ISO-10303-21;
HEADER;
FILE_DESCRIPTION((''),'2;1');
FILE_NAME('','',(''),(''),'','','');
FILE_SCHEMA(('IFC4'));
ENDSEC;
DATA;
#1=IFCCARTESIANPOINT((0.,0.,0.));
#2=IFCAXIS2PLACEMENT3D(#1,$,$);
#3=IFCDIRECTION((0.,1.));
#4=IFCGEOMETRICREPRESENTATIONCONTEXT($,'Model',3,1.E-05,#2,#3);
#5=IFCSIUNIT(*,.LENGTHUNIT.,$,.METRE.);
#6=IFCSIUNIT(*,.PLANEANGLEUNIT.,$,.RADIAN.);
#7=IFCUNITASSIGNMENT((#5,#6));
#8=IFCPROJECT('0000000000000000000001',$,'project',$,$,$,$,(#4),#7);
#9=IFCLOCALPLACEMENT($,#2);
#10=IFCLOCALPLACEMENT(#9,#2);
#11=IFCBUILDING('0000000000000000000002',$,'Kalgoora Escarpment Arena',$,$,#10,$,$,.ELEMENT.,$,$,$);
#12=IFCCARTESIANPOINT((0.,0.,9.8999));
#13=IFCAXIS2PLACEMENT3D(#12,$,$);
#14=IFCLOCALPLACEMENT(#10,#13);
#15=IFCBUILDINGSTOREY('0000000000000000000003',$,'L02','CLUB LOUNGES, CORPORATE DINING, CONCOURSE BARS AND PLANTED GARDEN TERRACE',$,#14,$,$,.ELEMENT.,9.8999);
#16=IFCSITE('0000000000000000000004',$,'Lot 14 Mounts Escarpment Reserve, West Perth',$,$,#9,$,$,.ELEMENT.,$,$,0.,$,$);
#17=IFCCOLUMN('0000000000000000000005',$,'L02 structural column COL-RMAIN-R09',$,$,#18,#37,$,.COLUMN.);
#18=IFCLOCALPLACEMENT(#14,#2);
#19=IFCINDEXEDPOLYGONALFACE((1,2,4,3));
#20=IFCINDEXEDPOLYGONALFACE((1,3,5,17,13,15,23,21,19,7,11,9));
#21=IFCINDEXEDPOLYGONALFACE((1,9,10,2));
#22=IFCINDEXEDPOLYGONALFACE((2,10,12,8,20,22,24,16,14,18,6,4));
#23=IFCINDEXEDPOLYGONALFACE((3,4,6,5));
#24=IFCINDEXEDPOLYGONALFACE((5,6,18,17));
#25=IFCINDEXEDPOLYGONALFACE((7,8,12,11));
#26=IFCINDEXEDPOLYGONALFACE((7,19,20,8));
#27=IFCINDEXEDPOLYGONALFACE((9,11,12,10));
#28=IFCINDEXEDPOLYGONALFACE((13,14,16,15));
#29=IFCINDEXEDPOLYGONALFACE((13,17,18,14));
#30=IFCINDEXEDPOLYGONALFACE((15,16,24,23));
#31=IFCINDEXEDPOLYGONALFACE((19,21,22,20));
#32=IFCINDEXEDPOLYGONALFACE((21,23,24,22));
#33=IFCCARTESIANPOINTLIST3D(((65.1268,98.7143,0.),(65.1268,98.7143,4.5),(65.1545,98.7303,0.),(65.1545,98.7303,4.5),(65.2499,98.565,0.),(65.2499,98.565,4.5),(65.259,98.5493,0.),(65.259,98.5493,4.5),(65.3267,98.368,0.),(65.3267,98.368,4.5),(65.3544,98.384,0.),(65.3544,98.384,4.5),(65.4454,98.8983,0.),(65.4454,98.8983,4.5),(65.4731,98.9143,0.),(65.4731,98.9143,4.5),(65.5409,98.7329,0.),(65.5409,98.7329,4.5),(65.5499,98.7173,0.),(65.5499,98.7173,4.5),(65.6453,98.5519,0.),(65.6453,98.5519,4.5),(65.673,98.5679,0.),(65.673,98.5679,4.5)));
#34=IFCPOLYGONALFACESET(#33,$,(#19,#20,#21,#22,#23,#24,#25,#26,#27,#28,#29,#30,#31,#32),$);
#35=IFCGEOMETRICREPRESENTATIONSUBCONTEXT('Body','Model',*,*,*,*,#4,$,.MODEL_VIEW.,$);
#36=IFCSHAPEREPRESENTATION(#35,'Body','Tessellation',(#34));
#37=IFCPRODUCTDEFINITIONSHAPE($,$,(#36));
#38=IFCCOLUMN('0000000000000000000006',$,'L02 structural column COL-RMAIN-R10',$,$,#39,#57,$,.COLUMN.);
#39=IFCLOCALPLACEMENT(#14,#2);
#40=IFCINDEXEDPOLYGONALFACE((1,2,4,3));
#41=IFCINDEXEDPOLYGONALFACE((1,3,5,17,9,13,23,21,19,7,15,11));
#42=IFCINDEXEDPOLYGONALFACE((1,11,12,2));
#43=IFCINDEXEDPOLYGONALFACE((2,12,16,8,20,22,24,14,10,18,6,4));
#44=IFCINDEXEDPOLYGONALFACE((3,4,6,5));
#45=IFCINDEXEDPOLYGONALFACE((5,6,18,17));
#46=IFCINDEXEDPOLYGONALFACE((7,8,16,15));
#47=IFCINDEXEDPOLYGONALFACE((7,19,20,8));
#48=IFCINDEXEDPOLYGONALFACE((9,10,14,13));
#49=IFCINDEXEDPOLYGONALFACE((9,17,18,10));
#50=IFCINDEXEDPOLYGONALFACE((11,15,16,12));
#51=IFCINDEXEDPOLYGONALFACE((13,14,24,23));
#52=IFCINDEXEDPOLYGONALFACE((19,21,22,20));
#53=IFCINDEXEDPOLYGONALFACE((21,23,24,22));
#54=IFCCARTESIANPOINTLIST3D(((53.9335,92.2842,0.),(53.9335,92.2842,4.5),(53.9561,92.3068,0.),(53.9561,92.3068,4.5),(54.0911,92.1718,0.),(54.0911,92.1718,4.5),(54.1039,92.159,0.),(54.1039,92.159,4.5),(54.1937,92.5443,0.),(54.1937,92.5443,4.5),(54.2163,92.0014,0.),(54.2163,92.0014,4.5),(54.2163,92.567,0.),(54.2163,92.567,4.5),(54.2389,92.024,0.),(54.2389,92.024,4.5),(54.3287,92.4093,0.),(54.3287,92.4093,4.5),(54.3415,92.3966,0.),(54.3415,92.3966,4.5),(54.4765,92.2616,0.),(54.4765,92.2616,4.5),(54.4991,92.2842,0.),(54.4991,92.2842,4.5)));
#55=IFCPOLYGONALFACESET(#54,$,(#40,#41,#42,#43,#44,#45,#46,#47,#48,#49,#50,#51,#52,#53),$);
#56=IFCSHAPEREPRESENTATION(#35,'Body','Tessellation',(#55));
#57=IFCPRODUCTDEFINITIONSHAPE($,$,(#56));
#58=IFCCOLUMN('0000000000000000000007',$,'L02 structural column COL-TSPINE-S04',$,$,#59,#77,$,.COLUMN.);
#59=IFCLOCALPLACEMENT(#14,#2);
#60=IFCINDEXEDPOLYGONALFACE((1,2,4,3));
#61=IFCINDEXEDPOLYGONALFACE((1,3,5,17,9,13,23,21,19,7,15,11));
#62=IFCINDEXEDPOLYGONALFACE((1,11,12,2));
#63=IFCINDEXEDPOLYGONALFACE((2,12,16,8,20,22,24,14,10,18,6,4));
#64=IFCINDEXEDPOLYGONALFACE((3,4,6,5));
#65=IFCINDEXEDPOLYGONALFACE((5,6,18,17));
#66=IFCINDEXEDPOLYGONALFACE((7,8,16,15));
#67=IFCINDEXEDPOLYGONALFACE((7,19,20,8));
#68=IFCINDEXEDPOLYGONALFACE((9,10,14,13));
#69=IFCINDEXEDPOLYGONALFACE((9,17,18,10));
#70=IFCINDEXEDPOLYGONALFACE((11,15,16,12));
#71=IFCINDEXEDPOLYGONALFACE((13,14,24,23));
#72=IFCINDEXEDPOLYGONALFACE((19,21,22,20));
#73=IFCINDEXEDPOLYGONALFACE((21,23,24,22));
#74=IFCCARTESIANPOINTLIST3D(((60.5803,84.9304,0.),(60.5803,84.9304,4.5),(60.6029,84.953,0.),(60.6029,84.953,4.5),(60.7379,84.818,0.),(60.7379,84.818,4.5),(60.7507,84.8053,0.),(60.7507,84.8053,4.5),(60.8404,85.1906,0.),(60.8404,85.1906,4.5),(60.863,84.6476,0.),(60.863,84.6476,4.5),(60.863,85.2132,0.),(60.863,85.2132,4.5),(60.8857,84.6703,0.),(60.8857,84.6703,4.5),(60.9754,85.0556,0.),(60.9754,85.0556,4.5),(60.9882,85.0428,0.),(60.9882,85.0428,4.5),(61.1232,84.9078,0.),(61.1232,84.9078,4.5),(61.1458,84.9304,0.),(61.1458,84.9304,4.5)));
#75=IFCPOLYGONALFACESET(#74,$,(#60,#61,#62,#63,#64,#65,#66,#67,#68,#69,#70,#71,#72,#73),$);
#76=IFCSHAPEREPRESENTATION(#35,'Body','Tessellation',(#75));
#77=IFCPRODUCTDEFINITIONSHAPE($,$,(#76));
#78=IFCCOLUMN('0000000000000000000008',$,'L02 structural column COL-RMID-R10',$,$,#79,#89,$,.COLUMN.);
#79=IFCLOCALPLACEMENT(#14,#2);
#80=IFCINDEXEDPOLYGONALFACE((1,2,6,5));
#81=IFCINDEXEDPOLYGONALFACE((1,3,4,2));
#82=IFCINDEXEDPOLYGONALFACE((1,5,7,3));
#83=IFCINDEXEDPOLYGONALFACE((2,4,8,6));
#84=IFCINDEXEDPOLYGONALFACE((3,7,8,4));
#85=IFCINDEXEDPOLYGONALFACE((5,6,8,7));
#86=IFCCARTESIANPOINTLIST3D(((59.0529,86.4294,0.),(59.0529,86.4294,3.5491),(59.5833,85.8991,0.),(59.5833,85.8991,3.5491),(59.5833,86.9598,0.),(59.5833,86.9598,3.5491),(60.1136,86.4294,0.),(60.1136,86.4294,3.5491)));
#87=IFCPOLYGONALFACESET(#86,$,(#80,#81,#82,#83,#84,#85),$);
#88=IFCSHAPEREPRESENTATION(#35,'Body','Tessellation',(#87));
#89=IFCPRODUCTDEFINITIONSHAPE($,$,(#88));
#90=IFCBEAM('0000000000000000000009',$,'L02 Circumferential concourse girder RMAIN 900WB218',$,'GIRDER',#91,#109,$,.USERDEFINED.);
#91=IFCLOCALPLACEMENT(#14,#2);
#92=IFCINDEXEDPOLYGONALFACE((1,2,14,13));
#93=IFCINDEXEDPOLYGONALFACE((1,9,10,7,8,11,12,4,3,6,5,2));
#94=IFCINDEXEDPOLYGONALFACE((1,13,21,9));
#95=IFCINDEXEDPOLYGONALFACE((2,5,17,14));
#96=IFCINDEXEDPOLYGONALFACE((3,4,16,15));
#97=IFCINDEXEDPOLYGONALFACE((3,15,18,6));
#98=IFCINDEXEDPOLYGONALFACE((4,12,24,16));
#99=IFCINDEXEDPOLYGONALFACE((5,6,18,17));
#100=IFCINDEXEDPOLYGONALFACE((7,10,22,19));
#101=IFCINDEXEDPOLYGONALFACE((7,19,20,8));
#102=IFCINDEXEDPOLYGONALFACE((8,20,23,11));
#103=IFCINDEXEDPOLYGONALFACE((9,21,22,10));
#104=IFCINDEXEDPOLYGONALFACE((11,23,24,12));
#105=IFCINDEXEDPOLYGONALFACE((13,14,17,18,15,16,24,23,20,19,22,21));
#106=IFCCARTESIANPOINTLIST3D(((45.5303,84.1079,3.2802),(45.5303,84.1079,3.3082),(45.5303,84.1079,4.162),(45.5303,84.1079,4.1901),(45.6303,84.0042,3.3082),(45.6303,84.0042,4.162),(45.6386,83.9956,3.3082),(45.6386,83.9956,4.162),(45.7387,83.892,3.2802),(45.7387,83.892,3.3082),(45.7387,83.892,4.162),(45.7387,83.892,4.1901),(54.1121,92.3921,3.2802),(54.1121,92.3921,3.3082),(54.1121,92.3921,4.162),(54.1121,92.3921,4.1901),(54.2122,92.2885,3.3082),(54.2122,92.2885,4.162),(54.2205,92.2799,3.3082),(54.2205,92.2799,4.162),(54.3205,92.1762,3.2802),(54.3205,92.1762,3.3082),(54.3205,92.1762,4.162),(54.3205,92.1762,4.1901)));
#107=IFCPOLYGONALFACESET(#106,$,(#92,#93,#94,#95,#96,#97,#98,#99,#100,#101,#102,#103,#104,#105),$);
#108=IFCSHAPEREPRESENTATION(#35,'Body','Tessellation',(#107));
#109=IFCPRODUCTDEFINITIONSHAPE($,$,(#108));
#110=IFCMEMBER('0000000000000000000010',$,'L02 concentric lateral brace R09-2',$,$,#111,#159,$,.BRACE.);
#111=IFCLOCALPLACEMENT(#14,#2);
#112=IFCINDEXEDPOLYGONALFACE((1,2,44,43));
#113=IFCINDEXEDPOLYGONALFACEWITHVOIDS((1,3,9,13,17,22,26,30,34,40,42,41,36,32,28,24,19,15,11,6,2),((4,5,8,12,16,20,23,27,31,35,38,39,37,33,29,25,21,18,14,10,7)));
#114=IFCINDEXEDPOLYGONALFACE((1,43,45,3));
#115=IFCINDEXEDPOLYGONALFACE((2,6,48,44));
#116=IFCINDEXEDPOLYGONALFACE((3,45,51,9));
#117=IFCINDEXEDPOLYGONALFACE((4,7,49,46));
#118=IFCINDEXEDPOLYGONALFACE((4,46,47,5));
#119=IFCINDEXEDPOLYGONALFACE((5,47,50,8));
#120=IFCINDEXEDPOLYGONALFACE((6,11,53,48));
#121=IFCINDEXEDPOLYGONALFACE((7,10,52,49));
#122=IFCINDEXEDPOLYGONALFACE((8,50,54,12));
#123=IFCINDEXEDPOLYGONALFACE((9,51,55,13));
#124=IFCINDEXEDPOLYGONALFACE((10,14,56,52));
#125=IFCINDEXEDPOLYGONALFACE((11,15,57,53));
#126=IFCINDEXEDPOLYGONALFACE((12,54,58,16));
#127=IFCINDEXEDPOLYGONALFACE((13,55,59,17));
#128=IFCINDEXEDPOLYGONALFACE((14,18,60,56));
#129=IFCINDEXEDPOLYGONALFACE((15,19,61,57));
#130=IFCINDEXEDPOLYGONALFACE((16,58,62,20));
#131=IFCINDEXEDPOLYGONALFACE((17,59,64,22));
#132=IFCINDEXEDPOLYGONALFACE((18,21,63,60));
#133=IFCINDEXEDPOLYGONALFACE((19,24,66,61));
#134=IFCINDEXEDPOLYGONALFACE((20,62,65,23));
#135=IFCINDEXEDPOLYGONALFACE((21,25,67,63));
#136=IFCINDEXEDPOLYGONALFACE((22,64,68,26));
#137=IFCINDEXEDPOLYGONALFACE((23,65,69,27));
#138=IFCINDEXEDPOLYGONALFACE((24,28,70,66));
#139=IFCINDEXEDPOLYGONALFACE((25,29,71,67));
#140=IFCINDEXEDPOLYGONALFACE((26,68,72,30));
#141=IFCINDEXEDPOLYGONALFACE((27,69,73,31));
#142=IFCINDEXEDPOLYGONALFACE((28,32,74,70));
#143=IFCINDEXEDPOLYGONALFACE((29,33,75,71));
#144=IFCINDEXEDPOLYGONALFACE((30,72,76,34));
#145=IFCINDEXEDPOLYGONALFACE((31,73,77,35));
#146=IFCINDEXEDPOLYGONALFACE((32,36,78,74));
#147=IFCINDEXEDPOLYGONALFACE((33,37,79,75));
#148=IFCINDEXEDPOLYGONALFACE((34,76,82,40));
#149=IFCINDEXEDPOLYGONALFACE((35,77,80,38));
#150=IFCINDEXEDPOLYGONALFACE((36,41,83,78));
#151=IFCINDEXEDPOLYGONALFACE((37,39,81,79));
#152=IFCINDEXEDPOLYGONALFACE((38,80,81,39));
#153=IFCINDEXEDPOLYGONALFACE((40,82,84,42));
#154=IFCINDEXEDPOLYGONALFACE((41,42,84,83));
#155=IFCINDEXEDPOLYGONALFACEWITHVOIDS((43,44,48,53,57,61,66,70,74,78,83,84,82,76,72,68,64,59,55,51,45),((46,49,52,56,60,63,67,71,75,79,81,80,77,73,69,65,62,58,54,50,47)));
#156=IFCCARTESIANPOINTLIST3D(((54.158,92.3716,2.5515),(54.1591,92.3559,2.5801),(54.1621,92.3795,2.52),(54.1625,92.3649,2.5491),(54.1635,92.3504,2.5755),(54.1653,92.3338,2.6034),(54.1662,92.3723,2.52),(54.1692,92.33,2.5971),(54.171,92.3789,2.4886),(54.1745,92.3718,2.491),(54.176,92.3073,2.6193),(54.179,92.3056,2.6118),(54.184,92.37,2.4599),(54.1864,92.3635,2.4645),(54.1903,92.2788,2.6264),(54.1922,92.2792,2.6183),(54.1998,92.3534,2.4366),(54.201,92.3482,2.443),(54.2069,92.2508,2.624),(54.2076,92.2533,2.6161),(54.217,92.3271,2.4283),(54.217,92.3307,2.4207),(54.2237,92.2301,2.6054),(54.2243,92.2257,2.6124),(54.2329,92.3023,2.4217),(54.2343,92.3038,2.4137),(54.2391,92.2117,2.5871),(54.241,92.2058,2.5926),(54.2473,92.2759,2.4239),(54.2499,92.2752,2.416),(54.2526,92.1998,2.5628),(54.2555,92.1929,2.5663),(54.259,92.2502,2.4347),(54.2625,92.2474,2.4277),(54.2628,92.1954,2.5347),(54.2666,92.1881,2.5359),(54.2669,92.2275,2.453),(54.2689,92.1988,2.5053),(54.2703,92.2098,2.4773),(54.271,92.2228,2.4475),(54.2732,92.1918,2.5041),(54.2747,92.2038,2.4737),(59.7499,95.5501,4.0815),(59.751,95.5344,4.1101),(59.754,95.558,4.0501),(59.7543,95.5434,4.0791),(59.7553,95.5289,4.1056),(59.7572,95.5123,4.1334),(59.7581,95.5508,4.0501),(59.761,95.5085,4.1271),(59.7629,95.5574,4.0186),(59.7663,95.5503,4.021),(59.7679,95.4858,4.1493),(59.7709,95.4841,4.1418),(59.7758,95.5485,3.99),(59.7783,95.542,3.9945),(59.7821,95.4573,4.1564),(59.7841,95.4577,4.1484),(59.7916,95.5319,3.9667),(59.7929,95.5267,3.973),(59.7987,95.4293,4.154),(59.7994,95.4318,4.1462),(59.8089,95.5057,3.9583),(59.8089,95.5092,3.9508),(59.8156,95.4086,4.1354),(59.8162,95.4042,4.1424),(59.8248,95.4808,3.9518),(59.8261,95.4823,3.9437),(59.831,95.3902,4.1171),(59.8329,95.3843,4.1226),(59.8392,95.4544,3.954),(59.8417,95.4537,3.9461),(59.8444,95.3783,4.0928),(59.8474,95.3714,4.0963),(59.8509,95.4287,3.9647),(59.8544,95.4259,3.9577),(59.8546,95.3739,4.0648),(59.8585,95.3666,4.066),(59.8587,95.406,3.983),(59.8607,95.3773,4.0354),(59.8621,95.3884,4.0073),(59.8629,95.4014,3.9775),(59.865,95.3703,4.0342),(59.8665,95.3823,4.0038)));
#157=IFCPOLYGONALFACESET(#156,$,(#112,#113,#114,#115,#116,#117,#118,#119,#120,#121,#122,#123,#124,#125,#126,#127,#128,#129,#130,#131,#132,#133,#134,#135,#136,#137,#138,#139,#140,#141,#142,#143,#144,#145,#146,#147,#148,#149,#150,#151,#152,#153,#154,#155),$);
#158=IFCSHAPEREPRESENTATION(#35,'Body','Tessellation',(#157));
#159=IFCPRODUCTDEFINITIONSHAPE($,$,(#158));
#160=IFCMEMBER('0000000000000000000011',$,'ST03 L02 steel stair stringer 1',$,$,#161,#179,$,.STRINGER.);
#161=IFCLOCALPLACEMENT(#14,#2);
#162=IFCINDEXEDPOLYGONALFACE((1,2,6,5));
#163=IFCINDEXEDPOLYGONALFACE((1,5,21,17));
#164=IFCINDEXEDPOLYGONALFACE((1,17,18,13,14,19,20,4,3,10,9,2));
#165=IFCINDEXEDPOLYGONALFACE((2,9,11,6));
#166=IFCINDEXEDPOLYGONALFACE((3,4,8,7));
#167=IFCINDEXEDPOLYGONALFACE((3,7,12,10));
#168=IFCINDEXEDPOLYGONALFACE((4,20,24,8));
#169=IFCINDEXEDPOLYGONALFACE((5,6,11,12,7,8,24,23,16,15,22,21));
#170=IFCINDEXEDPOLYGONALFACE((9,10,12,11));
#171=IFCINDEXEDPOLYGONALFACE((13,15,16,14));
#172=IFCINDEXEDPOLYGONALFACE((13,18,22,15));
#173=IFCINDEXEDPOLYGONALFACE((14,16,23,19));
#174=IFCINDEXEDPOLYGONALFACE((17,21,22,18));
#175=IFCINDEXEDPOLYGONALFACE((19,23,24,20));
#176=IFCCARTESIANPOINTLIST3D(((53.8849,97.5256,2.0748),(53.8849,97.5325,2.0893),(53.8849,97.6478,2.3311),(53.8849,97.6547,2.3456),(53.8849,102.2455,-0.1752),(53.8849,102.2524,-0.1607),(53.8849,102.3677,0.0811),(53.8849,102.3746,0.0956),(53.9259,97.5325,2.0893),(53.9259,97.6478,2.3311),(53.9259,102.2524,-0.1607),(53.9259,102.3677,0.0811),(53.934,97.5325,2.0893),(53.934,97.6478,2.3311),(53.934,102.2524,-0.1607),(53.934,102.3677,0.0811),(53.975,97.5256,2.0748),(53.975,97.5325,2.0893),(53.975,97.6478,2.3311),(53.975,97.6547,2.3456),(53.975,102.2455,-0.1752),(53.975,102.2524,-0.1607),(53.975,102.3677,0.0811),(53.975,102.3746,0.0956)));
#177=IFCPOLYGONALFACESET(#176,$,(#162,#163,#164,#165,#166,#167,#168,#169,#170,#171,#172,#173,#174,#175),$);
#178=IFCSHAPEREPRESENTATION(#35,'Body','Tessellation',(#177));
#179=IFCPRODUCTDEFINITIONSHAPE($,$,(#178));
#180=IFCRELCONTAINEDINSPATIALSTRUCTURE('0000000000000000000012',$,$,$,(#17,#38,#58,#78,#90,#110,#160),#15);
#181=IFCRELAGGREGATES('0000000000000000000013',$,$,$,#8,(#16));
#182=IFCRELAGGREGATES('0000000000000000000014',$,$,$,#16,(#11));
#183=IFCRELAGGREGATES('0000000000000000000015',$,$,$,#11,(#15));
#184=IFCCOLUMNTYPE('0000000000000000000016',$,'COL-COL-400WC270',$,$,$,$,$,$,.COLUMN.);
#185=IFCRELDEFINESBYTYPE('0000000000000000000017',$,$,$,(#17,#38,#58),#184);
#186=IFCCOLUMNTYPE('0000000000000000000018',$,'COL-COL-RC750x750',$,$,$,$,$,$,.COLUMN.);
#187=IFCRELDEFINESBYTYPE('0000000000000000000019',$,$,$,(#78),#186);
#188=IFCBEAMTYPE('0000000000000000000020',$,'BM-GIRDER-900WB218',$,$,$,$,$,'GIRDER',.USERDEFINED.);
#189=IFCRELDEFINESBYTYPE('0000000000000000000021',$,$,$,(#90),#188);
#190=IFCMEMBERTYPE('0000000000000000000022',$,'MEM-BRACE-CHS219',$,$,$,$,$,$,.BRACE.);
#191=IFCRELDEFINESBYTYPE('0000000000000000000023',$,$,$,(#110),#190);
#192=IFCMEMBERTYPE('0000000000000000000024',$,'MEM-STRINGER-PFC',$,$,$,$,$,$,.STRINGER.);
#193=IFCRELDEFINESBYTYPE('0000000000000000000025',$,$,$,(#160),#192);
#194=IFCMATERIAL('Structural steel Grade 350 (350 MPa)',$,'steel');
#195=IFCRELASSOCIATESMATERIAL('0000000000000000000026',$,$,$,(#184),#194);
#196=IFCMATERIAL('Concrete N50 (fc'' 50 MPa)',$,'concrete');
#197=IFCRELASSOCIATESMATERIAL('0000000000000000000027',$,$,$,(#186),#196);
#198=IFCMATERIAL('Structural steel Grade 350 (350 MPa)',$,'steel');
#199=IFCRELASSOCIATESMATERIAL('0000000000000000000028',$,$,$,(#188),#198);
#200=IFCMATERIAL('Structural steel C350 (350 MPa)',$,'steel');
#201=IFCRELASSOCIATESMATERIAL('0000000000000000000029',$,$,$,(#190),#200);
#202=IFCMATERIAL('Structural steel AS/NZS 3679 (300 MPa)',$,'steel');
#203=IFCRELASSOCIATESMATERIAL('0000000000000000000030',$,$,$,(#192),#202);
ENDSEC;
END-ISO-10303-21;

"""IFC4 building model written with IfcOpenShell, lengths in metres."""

from ifc_helpers import new_model, si_unit, direction, frame, origin, origin_2d, place, context, subcontext, project, spatial, rectangle, hollow_circle, i_section, extrude, material, material_profile, profile_set, type_object, element, save


model = new_model("IFC4")

# Units and contexts
model_context = context("Model", 3, precision=1e-05, world=origin(), true_north=direction((0.0, 1.0)))
body_context = subcontext(model_context, "Body", "Model", "MODEL_VIEW")
ifc_project = project(units=[si_unit("LENGTHUNIT", "METRE"), si_unit("PLANEANGLEUNIT", "RADIAN")], contexts=[model_context])

# Site, building, storey
site_placement = place(None, origin())
site = spatial("IfcSite", under=ifc_project, at=site_placement, Name="Lot 14 Mounts Escarpment Reserve, West Perth", CompositionType="ELEMENT", RefElevation=0.0)
building_placement = place(site_placement, origin())
building = spatial("IfcBuilding", under=site, at=building_placement, Name="Kalgoora Escarpment Arena", CompositionType="ELEMENT")
storey_placement = place(building_placement, frame((0.0, 0.0, 9.8999)))
storey = spatial("IfcBuildingStorey", under=building, at=storey_placement, Name="L02", Description="CLUB LOUNGES, CORPORATE DINING, CONCOURSE BARS AND PLANTED GARDEN TERRACE", CompositionType="ELEMENT", Elevation=9.8999)

# Columns
ifc_material_1 = material(Name="Structural steel Grade 350 (350 MPa)", Category="steel")
ifc_material_profile_1 = material_profile(ifc_material_1, i_section(OverallWidth=0.3999, OverallDepth=0.3999, WebThickness=0.0181, FlangeThickness=0.032, at=origin_2d()))
ifc_profile_set_1 = profile_set([ifc_material_profile_1], Name="Structural steel Grade 350 (350 MPa)")
column_type_1 = type_object("IfcColumnType", Name="COL-COL-400WC270", PredefinedType="COLUMN", material=ifc_profile_set_1)
for number, where, z_axis, x_axis, name in (
    (1, (65.3999, 98.6411, 0.0), (0.0, 0.0, 1.0), (-0.5, 0.866025, 0.0), "L02 structural column COL-RMAIN-R09"),
    (2, (54.2163, 92.2842, 0.0), (0.0, 0.0, 1.0), (-0.707107, 0.707107, 0.0), "L02 structural column COL-RMAIN-R10"),
    (3, (60.863, 84.9304, 0.0), (0.0, 0.0, 1.0), (-0.707107, 0.707107, 0.0), "L02 structural column COL-TSPINE-S04"),
):
    element("IfcColumn", number, at=place(storey_placement, frame(where, z_axis=z_axis, x_axis=x_axis)), inside=storey, type_object=column_type_1, Name=name, PredefinedType="COLUMN", context=body_context, shape_type="SweptSolid", body=[
        extrude(i_section(OverallWidth=0.3999, OverallDepth=0.3999, WebThickness=0.0181, FlangeThickness=0.032, at=origin_2d()), origin(), (0.0, 0.0, 1.0), 4.5),
    ])
ifc_material_2 = material(Name="Concrete N50 (fc' 50 MPa)", Category="concrete")
ifc_material_profile_2 = material_profile(ifc_material_2, rectangle(XDim=0.75, YDim=0.75, at=origin_2d()))
ifc_profile_set_2 = profile_set([ifc_material_profile_2], Name="Concrete N50 (fc' 50 MPa)")
column_type_2 = type_object("IfcColumnType", Name="COL-COL-RC750x750", PredefinedType="COLUMN", material=ifc_profile_set_2)
column_placement = place(storey_placement, frame((59.5833, 86.4294, 0.0), z_axis=(0.0, 0.0, 1.0), x_axis=(-0.707107, 0.707107, 0.0)))
element("IfcColumn", 4, at=column_placement, inside=storey, type_object=column_type_2, Name="L02 structural column COL-RMID-R10", PredefinedType="COLUMN", context=body_context, shape_type="SweptSolid", body=[
    extrude(rectangle(XDim=0.75, YDim=0.75, at=origin_2d()), origin(), (0.0, 0.0, 1.0), 3.5491),
])

# Beam
ifc_material_3 = material(Name="Structural steel Grade 350 (350 MPa)", Category="steel")
ifc_material_profile_3 = material_profile(ifc_material_3, i_section(OverallWidth=0.3, OverallDepth=0.9099, WebThickness=0.012, FlangeThickness=0.0281, at=origin_2d()))
ifc_profile_set_3 = profile_set([ifc_material_profile_3], Name="Structural steel Grade 350 (350 MPa)")
beam_type = type_object("IfcBeamType", Name="BM-GIRDER-900WB218", ElementType="GIRDER", PredefinedType="USERDEFINED", material=ifc_profile_set_3)
beam_placement = place(storey_placement, frame((54.2163, 92.2842, 3.7351), z_axis=(-0.719472, -0.694521, 0.0), x_axis=(0.694521, -0.719472, 0.0)))
element("IfcBeam", 5, at=beam_placement, inside=storey, type_object=beam_type, Name="L02 Circumferential concourse girder RMAIN 900WB218", ObjectType="GIRDER", PredefinedType="USERDEFINED", context=body_context, shape_type="SweptSolid", body=[
    extrude(i_section(OverallWidth=0.3, OverallDepth=0.9099, WebThickness=0.012, FlangeThickness=0.0281, at=origin_2d()), origin(), (0.0, 0.0, 1.0), 11.928),
])

# Members
ifc_material_4 = material(Name="Structural steel C350 (350 MPa)", Category="steel")
ifc_material_profile_4 = material_profile(ifc_material_4, hollow_circle(Radius=0.1096, WallThickness=0.0083, at=origin_2d()))
ifc_profile_set_4 = profile_set([ifc_material_profile_4], Name="Structural steel C350 (350 MPa)")
member_type_1 = type_object("IfcMemberType", Name="MEM-BRACE-CHS219", PredefinedType="BRACE", material=ifc_profile_set_4)
member_1_placement = place(storey_placement, frame((54.2163, 92.2842, 2.52), z_axis=(0.845769, 0.480749, 0.23142), x_axis=(-0.494163, 0.869369, 0.0)))
element("IfcMember", 6, at=member_1_placement, inside=storey, type_object=member_type_1, Name="L02 concentric lateral brace R09-2", PredefinedType="BRACE", context=body_context, shape_type="SweptSolid", body=[
    extrude(hollow_circle(Radius=0.1096, WallThickness=0.0083, at=origin_2d()), origin(), (0.0, 0.0, 1.0), 6.6116),
])
ifc_material_5 = material(Name="Structural steel AS/NZS 3679 (300 MPa)", Category="steel")
ifc_material_profile_5 = material_profile(ifc_material_5, i_section(OverallWidth=0.0901, OverallDepth=0.3, WebThickness=0.0081, FlangeThickness=0.0161, at=origin_2d()))
ifc_profile_set_5 = profile_set([ifc_material_profile_5], Name="Structural steel AS/NZS 3679 (300 MPa)")
member_type_2 = type_object("IfcMemberType", Name="MEM-STRINGER-PFC", PredefinedType="STRINGER", material=ifc_profile_set_5)
member_2_placement = place(storey_placement, frame((53.9299, 102.3101, -0.0398), z_axis=(0.0, -0.902683, 0.430307), x_axis=(1.0, 0.0, 0.0)))
element("IfcMember", 7, at=member_2_placement, inside=storey, type_object=member_type_2, Name="ST03 L02 steel stair stringer 1", PredefinedType="STRINGER", context=body_context, shape_type="SweptSolid", body=[
    extrude(i_section(OverallWidth=0.0901, OverallDepth=0.3, WebThickness=0.0081, FlangeThickness=0.0161, at=origin_2d()), origin(), (0.0, 0.0, 1.0), 5.2288),
])

save(model, "model.ifc")
